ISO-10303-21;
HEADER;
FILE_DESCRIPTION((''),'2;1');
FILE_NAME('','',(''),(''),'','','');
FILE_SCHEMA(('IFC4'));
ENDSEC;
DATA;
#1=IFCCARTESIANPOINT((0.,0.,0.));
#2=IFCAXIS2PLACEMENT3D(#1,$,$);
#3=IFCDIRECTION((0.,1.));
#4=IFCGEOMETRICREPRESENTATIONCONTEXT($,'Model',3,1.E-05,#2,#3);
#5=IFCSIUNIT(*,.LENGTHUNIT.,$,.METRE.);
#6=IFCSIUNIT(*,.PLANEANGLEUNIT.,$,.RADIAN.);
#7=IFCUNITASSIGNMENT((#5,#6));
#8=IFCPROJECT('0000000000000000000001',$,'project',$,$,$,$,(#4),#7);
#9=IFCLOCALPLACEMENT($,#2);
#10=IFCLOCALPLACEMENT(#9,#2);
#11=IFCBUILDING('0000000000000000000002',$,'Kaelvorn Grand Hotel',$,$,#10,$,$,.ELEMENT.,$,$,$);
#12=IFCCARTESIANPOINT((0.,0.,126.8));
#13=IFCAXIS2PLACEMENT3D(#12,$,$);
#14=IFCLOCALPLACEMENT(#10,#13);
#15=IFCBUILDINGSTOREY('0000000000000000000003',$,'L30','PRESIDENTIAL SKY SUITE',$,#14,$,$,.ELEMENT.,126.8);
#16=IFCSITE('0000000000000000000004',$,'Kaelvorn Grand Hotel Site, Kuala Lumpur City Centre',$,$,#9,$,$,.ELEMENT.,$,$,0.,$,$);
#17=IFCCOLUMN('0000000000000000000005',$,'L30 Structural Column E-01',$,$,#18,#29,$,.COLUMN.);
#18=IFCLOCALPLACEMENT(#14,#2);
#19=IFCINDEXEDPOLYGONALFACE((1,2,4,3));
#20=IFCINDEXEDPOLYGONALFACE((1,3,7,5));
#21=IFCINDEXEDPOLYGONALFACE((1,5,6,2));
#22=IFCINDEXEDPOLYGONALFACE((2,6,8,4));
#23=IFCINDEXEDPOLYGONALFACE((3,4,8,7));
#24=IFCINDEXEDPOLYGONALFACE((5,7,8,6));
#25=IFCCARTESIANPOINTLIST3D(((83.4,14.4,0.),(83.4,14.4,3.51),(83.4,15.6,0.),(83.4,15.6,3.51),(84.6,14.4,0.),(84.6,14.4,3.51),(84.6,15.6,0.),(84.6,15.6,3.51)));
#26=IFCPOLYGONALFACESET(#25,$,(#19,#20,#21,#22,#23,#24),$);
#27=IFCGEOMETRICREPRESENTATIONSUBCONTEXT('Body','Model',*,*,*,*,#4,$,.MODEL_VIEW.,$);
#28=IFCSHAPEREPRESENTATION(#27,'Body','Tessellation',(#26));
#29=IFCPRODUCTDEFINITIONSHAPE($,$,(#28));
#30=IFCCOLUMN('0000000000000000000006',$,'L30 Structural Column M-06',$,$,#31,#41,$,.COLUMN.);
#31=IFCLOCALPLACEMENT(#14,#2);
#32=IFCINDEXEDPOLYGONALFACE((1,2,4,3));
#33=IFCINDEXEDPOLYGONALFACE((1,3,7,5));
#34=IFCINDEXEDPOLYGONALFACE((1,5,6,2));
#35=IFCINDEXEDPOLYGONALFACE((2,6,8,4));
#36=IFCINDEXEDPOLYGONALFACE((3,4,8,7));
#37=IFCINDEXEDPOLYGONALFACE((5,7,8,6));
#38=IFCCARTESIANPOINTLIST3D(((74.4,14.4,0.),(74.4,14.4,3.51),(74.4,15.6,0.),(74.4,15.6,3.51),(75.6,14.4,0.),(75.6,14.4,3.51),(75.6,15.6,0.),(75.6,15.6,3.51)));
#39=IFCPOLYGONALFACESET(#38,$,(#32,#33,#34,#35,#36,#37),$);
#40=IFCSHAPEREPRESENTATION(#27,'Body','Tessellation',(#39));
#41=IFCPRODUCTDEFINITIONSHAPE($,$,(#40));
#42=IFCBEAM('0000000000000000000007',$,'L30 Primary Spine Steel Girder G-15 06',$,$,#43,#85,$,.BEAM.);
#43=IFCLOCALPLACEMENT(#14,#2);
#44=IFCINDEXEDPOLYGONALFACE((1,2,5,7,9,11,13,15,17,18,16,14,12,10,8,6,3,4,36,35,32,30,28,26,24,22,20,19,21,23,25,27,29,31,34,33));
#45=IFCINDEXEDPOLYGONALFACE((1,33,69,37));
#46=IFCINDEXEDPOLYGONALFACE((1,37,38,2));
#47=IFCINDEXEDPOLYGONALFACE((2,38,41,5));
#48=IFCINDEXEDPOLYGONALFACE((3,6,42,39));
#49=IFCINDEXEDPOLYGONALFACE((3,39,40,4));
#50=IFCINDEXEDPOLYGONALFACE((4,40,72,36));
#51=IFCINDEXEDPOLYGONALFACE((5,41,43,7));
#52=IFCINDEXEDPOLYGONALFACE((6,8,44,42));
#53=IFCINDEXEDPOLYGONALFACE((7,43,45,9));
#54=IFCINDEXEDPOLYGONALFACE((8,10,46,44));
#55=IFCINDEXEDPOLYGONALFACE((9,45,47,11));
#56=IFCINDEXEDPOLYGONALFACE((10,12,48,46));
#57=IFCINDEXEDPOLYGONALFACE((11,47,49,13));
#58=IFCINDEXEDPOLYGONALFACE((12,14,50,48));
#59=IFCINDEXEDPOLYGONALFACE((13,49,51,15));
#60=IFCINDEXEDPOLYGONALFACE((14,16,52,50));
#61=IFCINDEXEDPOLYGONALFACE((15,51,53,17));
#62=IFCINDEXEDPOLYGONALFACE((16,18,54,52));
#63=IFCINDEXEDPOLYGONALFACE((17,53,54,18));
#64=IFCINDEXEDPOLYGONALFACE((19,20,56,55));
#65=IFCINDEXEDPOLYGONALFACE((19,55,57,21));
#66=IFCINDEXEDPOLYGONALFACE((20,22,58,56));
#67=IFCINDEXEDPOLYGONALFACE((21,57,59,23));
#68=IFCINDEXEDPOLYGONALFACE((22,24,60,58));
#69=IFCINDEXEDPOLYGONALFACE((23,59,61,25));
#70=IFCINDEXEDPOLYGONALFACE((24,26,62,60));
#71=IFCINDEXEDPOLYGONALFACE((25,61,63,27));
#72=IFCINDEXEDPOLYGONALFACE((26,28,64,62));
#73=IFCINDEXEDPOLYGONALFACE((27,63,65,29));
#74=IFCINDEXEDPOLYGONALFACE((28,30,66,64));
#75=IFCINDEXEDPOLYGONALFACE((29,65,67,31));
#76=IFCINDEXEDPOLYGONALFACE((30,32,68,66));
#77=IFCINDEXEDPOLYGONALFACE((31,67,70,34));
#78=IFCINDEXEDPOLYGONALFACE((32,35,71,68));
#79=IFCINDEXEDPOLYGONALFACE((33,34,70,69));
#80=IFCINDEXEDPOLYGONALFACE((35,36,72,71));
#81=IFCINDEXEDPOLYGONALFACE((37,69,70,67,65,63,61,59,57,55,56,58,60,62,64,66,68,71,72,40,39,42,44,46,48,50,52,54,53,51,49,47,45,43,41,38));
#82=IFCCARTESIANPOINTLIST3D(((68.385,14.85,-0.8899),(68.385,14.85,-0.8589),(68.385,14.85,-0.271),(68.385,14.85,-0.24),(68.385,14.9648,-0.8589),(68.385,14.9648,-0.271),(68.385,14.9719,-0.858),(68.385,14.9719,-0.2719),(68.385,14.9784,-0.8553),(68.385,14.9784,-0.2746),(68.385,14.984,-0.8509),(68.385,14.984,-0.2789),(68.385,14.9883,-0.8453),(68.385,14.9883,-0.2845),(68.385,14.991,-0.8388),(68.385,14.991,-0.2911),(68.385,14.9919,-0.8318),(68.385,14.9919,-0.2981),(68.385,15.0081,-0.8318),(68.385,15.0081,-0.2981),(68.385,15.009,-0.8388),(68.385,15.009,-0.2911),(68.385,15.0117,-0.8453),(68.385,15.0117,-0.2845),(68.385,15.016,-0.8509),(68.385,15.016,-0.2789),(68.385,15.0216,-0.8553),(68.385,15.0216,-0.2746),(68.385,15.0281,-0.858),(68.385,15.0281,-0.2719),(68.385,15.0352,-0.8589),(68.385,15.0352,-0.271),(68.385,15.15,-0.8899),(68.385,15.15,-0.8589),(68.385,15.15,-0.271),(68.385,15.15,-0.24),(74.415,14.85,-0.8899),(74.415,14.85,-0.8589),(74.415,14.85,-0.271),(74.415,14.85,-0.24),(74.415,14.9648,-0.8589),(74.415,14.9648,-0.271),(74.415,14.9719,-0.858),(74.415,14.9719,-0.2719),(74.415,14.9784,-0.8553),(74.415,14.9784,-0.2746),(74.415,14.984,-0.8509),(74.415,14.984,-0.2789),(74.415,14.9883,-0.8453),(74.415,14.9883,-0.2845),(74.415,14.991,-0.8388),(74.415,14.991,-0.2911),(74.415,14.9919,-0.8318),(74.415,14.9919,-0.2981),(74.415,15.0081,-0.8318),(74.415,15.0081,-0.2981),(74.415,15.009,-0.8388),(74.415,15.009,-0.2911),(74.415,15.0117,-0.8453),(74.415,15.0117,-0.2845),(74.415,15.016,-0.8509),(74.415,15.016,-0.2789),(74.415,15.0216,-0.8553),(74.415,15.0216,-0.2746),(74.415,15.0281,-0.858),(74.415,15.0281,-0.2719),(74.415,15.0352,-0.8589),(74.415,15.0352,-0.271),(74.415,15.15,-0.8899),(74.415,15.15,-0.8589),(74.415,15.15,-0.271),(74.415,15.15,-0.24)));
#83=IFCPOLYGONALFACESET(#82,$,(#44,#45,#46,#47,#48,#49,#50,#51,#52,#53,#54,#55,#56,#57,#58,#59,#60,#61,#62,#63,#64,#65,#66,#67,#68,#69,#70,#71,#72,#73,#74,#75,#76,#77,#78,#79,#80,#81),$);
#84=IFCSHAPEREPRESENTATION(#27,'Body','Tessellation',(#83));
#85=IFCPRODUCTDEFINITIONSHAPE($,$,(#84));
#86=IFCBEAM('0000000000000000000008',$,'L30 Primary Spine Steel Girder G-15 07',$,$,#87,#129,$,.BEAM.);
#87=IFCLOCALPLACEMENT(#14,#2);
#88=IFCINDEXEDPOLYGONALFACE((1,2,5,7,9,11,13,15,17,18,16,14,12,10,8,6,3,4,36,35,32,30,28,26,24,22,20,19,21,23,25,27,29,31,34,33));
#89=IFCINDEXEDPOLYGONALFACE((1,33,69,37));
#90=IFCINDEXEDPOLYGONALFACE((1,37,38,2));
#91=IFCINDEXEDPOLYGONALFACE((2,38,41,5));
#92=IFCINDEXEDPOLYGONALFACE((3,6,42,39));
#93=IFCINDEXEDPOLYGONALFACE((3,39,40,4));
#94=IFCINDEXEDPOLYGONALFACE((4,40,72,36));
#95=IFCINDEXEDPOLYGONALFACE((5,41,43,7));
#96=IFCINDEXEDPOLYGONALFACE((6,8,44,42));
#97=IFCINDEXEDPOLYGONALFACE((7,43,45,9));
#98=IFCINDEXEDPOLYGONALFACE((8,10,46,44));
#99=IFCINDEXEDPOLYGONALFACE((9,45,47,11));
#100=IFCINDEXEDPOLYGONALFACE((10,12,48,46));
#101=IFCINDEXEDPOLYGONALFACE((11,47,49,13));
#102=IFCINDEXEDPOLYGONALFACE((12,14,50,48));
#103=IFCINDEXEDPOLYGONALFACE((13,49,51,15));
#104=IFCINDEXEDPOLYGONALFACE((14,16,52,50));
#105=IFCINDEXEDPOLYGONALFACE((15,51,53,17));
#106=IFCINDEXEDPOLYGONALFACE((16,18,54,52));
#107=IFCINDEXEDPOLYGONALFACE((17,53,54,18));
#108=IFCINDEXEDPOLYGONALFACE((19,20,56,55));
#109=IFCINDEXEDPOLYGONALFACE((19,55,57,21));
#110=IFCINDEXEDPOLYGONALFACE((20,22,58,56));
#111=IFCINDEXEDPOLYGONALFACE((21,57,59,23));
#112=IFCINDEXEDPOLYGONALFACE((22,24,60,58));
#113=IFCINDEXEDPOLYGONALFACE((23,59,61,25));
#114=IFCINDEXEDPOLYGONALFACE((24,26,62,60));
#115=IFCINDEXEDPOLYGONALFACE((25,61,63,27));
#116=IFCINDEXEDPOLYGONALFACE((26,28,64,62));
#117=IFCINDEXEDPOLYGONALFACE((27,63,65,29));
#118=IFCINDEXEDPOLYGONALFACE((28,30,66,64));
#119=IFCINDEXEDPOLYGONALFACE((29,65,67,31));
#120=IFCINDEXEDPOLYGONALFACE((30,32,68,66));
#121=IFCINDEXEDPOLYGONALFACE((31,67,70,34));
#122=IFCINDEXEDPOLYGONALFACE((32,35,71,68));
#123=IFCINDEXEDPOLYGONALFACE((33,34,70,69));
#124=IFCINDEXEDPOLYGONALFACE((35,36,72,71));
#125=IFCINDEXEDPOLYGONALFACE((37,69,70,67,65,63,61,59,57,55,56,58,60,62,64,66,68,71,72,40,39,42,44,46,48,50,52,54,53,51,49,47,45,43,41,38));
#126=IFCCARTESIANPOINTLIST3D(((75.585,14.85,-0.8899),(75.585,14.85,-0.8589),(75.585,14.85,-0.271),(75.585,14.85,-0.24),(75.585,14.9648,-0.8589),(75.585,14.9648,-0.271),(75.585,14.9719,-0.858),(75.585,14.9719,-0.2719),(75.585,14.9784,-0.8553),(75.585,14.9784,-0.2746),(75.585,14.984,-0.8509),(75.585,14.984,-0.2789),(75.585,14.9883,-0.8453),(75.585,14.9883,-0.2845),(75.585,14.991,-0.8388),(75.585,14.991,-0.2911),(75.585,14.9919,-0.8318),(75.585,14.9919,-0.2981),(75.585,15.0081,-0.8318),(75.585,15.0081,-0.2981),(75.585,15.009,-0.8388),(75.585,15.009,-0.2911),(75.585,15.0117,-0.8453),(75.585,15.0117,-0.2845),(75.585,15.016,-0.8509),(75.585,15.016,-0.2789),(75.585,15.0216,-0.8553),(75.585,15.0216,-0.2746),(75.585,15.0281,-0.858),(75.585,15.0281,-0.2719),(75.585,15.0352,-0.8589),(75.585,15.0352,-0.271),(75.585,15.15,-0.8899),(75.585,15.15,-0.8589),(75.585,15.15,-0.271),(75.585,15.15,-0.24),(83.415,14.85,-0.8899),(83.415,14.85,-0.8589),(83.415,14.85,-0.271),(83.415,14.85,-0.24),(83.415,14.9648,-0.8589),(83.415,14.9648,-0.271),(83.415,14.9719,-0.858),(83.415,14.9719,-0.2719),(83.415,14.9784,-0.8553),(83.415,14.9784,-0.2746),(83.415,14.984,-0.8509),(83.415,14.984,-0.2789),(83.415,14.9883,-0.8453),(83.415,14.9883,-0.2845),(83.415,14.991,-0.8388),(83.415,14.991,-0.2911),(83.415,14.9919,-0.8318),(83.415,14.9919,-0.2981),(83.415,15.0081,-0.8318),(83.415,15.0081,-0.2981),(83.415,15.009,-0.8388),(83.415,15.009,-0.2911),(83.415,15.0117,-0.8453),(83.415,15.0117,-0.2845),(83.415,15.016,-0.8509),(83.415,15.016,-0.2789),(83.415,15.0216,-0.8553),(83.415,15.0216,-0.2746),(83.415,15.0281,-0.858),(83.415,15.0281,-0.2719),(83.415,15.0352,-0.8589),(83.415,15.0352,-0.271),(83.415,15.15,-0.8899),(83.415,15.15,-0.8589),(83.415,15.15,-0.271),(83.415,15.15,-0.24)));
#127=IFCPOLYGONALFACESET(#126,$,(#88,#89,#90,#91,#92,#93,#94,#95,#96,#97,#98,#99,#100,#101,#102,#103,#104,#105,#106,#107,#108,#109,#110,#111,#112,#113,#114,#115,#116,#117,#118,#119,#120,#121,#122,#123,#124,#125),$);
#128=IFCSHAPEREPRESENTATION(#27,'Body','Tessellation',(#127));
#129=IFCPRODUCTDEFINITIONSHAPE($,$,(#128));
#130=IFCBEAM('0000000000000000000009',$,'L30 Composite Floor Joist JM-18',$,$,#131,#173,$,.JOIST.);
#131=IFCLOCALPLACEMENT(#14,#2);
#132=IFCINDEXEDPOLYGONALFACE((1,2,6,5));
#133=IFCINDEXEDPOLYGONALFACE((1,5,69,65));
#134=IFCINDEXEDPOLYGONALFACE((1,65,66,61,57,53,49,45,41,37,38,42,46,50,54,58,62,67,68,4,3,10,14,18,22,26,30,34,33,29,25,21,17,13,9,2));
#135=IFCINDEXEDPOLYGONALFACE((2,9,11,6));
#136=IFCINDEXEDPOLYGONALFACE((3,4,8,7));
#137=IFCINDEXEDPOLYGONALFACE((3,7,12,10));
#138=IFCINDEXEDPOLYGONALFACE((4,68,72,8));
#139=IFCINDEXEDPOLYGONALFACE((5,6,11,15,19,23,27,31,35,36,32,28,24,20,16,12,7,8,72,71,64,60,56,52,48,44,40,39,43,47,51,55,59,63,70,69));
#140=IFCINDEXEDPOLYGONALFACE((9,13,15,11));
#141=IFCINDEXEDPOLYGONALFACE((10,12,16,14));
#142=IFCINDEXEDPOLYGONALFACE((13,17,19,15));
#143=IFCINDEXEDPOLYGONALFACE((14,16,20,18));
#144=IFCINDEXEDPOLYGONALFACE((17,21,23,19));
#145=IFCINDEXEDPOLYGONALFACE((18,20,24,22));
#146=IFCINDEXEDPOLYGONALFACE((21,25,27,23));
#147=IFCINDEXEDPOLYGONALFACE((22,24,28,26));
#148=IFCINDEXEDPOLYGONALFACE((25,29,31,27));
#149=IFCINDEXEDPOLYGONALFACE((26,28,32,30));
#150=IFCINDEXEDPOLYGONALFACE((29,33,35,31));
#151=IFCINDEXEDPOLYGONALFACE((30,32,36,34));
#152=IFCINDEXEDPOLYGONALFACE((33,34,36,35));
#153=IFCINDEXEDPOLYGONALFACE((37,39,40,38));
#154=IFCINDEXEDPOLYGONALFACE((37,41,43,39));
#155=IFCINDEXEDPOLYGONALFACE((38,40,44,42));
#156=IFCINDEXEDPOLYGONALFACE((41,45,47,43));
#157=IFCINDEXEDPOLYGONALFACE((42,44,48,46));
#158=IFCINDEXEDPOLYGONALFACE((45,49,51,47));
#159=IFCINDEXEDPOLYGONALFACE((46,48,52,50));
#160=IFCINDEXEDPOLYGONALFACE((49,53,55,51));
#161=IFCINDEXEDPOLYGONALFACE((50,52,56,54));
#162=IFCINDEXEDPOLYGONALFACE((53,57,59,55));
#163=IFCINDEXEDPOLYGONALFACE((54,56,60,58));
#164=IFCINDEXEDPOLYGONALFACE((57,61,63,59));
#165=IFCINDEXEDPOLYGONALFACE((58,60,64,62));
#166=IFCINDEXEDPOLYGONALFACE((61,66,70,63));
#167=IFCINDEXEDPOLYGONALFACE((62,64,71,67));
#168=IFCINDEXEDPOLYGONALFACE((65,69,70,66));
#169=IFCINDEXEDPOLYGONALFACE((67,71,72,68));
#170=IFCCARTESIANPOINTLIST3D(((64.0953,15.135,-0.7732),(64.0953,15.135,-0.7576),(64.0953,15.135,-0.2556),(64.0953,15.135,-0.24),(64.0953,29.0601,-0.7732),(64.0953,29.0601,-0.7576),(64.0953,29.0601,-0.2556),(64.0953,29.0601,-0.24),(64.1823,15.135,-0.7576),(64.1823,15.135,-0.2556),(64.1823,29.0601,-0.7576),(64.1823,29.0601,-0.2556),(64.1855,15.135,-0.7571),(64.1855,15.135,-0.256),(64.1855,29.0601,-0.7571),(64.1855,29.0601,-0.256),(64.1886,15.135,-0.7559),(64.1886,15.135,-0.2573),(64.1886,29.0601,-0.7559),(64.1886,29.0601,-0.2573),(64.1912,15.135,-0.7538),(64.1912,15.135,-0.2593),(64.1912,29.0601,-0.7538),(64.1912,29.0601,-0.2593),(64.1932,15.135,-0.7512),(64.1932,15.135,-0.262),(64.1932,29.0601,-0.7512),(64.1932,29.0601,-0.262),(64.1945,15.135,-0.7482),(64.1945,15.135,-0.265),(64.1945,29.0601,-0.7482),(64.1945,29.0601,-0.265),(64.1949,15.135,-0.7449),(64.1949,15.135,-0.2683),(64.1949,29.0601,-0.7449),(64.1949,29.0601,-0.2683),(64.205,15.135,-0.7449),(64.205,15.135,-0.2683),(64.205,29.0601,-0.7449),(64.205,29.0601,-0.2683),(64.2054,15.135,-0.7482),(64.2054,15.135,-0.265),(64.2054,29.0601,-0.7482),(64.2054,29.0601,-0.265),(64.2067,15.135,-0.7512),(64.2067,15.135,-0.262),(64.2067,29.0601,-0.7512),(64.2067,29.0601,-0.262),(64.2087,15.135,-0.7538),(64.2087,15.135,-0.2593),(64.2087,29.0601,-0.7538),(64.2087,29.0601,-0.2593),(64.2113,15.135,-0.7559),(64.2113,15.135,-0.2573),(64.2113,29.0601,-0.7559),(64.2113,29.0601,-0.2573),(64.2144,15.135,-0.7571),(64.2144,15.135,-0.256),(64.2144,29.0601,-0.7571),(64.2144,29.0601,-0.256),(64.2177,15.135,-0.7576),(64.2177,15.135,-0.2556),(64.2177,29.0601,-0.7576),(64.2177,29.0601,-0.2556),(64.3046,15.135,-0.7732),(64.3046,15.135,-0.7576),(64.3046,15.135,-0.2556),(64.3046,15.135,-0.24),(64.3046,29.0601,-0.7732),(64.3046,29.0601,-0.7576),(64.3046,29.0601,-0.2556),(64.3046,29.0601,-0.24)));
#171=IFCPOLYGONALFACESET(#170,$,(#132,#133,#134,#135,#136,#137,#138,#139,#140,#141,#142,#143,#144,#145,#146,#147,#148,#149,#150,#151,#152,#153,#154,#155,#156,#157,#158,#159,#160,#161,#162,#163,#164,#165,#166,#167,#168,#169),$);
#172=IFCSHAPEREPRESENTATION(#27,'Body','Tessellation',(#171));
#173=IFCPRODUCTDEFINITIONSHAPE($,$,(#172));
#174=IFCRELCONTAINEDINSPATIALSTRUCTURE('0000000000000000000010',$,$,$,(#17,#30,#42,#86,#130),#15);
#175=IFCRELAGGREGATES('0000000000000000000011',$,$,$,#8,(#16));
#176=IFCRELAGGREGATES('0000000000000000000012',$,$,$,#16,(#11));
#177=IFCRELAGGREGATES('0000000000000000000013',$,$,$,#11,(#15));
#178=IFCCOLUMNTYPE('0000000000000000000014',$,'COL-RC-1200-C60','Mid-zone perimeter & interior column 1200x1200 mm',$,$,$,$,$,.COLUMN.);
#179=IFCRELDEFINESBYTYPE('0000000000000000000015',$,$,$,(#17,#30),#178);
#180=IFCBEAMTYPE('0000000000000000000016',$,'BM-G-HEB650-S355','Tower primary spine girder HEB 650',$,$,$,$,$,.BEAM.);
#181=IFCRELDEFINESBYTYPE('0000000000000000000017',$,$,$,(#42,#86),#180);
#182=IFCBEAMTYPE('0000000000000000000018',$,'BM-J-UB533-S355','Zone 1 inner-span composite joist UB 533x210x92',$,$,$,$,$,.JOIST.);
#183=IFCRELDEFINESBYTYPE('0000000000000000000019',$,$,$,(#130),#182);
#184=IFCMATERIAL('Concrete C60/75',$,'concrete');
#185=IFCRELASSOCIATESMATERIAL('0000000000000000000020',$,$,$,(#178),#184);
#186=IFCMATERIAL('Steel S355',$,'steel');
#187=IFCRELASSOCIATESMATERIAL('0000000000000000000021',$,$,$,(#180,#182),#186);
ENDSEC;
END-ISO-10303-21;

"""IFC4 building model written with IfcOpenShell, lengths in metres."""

from ifc_helpers import new_model, si_unit, direction, frame, origin, origin_2d, place, context, subcontext, project, spatial, rectangle, i_section, extrude, material, material_profile, profile_set, type_object, element, save


model = new_model("IFC4")

# Units and contexts
model_context = context("Model", 3, precision=1e-05, world=origin(), true_north=direction((0.0, 1.0)))
body_context = subcontext(model_context, "Body", "Model", "MODEL_VIEW")
ifc_project = project(units=[si_unit("LENGTHUNIT", "METRE"), si_unit("PLANEANGLEUNIT", "RADIAN")], contexts=[model_context])

# Site, building, storey
site_placement = place(None, origin())
site = spatial("IfcSite", under=ifc_project, at=site_placement, Name="Kaelvorn Grand Hotel Site, Kuala Lumpur City Centre", CompositionType="ELEMENT", RefElevation=0.0)
building_placement = place(site_placement, origin())
building = spatial("IfcBuilding", under=site, at=building_placement, Name="Kaelvorn Grand Hotel", CompositionType="ELEMENT")
storey_placement = place(building_placement, frame((0.0, 0.0, 126.8)))
storey = spatial("IfcBuildingStorey", under=building, at=storey_placement, Name="L30", Description="PRESIDENTIAL SKY SUITE", CompositionType="ELEMENT", Elevation=126.8)

# Columns
ifc_material_1 = material(Name="Concrete C60/75", Category="concrete")
ifc_material_profile_1 = material_profile(ifc_material_1, rectangle(XDim=1.2, YDim=1.2, at=origin_2d()), Name="RC COL 1200x1200")
ifc_profile_set_1 = profile_set([ifc_material_profile_1], Name="Concrete C60/75")
column_type = type_object("IfcColumnType", Name="COL-RC-1200-C60", Description="Mid-zone perimeter & interior column 1200x1200 mm", PredefinedType="COLUMN", material=ifc_profile_set_1)
for number, where, z_axis, x_axis, name in (
    (1, (84.0, 15.0, 0.0), (0.0, 0.0, 1.0), (1.0, 0.0, 0.0), "L30 Structural Column E-01"),
    (2, (75.0, 15.0, 0.0), (0.0, 0.0, 1.0), (1.0, 0.0, 0.0), "L30 Structural Column M-06"),
):
    element("IfcColumn", number, at=place(storey_placement, frame(where, z_axis=z_axis, x_axis=x_axis)), inside=storey, type_object=column_type, Name=name, PredefinedType="COLUMN", context=body_context, shape_type="SweptSolid", body=[
        extrude(rectangle(XDim=1.2, YDim=1.2, at=origin_2d()), origin(), (0.0, 0.0, 1.0), 3.51),
    ])

# Beams
ifc_material_2 = material(Name="Steel S355", Category="steel")
ifc_material_profile_2 = material_profile(ifc_material_2, i_section(OverallWidth=0.3, OverallDepth=0.6499, WebThickness=0.0161, FlangeThickness=0.031, FilletRadius=0.0271, at=origin_2d()), Name="HEB 650")
ifc_profile_set_2 = profile_set([ifc_material_profile_2], Name="Steel S355")
beam_type_1 = type_object("IfcBeamType", Name="BM-G-HEB650-S355", Description="Tower primary spine girder HEB 650", PredefinedType="BEAM", material=ifc_profile_set_2)
beam_1_placement = place(storey_placement, frame((68.385, 15.0, -0.5649), z_axis=(1.0, 0.0, 0.0), x_axis=(0.0, 1.0, 0.0)))
element("IfcBeam", 3, at=beam_1_placement, inside=storey, type_object=beam_type_1, Name="L30 Primary Spine Steel Girder G-15 06", PredefinedType="BEAM", context=body_context, shape_type="SweptSolid", body=[
    extrude(i_section(OverallWidth=0.3, OverallDepth=0.6499, WebThickness=0.0161, FlangeThickness=0.031, FilletRadius=0.0271, at=origin_2d()), origin(), (0.0, 0.0, 1.0), 6.03),
])
beam_2_placement = place(storey_placement, frame((75.585, 15.0, -0.5649), z_axis=(1.0, 0.0, 0.0), x_axis=(0.0, 1.0, 0.0)))
element("IfcBeam", 4, at=beam_2_placement, inside=storey, type_object=beam_type_1, Name="L30 Primary Spine Steel Girder G-15 07", PredefinedType="BEAM", context=body_context, shape_type="SweptSolid", body=[
    extrude(i_section(OverallWidth=0.3, OverallDepth=0.6499, WebThickness=0.0161, FlangeThickness=0.031, FilletRadius=0.0271, at=origin_2d()), origin(), (0.0, 0.0, 1.0), 7.8301),
])
ifc_material_profile_3 = material_profile(ifc_material_2, i_section(OverallWidth=0.2092, OverallDepth=0.5332, WebThickness=0.01, FlangeThickness=0.0156, FilletRadius=0.0127, at=origin_2d()), Name="UB 533x210x92")
ifc_profile_set_3 = profile_set([ifc_material_profile_3], Name="Steel S355")
beam_type_2 = type_object("IfcBeamType", Name="BM-J-UB533-S355", Description="Zone 1 inner-span composite joist UB 533x210x92", PredefinedType="JOIST", material=ifc_profile_set_3)
beam_3_placement = place(storey_placement, frame((64.2, 15.135, -0.5066), z_axis=(0.0, 1.0, 0.0), x_axis=(-1.0, 0.0, 0.0)))
element("IfcBeam", 5, at=beam_3_placement, inside=storey, type_object=beam_type_2, Name="L30 Composite Floor Joist JM-18", PredefinedType="JOIST", context=body_context, shape_type="SweptSolid", body=[
    extrude(i_section(OverallWidth=0.2092, OverallDepth=0.5332, WebThickness=0.01, FlangeThickness=0.0156, FilletRadius=0.0127, at=origin_2d()), origin(), (0.0, 0.0, 1.0), 13.925),
])

save(model, "model.ifc")
